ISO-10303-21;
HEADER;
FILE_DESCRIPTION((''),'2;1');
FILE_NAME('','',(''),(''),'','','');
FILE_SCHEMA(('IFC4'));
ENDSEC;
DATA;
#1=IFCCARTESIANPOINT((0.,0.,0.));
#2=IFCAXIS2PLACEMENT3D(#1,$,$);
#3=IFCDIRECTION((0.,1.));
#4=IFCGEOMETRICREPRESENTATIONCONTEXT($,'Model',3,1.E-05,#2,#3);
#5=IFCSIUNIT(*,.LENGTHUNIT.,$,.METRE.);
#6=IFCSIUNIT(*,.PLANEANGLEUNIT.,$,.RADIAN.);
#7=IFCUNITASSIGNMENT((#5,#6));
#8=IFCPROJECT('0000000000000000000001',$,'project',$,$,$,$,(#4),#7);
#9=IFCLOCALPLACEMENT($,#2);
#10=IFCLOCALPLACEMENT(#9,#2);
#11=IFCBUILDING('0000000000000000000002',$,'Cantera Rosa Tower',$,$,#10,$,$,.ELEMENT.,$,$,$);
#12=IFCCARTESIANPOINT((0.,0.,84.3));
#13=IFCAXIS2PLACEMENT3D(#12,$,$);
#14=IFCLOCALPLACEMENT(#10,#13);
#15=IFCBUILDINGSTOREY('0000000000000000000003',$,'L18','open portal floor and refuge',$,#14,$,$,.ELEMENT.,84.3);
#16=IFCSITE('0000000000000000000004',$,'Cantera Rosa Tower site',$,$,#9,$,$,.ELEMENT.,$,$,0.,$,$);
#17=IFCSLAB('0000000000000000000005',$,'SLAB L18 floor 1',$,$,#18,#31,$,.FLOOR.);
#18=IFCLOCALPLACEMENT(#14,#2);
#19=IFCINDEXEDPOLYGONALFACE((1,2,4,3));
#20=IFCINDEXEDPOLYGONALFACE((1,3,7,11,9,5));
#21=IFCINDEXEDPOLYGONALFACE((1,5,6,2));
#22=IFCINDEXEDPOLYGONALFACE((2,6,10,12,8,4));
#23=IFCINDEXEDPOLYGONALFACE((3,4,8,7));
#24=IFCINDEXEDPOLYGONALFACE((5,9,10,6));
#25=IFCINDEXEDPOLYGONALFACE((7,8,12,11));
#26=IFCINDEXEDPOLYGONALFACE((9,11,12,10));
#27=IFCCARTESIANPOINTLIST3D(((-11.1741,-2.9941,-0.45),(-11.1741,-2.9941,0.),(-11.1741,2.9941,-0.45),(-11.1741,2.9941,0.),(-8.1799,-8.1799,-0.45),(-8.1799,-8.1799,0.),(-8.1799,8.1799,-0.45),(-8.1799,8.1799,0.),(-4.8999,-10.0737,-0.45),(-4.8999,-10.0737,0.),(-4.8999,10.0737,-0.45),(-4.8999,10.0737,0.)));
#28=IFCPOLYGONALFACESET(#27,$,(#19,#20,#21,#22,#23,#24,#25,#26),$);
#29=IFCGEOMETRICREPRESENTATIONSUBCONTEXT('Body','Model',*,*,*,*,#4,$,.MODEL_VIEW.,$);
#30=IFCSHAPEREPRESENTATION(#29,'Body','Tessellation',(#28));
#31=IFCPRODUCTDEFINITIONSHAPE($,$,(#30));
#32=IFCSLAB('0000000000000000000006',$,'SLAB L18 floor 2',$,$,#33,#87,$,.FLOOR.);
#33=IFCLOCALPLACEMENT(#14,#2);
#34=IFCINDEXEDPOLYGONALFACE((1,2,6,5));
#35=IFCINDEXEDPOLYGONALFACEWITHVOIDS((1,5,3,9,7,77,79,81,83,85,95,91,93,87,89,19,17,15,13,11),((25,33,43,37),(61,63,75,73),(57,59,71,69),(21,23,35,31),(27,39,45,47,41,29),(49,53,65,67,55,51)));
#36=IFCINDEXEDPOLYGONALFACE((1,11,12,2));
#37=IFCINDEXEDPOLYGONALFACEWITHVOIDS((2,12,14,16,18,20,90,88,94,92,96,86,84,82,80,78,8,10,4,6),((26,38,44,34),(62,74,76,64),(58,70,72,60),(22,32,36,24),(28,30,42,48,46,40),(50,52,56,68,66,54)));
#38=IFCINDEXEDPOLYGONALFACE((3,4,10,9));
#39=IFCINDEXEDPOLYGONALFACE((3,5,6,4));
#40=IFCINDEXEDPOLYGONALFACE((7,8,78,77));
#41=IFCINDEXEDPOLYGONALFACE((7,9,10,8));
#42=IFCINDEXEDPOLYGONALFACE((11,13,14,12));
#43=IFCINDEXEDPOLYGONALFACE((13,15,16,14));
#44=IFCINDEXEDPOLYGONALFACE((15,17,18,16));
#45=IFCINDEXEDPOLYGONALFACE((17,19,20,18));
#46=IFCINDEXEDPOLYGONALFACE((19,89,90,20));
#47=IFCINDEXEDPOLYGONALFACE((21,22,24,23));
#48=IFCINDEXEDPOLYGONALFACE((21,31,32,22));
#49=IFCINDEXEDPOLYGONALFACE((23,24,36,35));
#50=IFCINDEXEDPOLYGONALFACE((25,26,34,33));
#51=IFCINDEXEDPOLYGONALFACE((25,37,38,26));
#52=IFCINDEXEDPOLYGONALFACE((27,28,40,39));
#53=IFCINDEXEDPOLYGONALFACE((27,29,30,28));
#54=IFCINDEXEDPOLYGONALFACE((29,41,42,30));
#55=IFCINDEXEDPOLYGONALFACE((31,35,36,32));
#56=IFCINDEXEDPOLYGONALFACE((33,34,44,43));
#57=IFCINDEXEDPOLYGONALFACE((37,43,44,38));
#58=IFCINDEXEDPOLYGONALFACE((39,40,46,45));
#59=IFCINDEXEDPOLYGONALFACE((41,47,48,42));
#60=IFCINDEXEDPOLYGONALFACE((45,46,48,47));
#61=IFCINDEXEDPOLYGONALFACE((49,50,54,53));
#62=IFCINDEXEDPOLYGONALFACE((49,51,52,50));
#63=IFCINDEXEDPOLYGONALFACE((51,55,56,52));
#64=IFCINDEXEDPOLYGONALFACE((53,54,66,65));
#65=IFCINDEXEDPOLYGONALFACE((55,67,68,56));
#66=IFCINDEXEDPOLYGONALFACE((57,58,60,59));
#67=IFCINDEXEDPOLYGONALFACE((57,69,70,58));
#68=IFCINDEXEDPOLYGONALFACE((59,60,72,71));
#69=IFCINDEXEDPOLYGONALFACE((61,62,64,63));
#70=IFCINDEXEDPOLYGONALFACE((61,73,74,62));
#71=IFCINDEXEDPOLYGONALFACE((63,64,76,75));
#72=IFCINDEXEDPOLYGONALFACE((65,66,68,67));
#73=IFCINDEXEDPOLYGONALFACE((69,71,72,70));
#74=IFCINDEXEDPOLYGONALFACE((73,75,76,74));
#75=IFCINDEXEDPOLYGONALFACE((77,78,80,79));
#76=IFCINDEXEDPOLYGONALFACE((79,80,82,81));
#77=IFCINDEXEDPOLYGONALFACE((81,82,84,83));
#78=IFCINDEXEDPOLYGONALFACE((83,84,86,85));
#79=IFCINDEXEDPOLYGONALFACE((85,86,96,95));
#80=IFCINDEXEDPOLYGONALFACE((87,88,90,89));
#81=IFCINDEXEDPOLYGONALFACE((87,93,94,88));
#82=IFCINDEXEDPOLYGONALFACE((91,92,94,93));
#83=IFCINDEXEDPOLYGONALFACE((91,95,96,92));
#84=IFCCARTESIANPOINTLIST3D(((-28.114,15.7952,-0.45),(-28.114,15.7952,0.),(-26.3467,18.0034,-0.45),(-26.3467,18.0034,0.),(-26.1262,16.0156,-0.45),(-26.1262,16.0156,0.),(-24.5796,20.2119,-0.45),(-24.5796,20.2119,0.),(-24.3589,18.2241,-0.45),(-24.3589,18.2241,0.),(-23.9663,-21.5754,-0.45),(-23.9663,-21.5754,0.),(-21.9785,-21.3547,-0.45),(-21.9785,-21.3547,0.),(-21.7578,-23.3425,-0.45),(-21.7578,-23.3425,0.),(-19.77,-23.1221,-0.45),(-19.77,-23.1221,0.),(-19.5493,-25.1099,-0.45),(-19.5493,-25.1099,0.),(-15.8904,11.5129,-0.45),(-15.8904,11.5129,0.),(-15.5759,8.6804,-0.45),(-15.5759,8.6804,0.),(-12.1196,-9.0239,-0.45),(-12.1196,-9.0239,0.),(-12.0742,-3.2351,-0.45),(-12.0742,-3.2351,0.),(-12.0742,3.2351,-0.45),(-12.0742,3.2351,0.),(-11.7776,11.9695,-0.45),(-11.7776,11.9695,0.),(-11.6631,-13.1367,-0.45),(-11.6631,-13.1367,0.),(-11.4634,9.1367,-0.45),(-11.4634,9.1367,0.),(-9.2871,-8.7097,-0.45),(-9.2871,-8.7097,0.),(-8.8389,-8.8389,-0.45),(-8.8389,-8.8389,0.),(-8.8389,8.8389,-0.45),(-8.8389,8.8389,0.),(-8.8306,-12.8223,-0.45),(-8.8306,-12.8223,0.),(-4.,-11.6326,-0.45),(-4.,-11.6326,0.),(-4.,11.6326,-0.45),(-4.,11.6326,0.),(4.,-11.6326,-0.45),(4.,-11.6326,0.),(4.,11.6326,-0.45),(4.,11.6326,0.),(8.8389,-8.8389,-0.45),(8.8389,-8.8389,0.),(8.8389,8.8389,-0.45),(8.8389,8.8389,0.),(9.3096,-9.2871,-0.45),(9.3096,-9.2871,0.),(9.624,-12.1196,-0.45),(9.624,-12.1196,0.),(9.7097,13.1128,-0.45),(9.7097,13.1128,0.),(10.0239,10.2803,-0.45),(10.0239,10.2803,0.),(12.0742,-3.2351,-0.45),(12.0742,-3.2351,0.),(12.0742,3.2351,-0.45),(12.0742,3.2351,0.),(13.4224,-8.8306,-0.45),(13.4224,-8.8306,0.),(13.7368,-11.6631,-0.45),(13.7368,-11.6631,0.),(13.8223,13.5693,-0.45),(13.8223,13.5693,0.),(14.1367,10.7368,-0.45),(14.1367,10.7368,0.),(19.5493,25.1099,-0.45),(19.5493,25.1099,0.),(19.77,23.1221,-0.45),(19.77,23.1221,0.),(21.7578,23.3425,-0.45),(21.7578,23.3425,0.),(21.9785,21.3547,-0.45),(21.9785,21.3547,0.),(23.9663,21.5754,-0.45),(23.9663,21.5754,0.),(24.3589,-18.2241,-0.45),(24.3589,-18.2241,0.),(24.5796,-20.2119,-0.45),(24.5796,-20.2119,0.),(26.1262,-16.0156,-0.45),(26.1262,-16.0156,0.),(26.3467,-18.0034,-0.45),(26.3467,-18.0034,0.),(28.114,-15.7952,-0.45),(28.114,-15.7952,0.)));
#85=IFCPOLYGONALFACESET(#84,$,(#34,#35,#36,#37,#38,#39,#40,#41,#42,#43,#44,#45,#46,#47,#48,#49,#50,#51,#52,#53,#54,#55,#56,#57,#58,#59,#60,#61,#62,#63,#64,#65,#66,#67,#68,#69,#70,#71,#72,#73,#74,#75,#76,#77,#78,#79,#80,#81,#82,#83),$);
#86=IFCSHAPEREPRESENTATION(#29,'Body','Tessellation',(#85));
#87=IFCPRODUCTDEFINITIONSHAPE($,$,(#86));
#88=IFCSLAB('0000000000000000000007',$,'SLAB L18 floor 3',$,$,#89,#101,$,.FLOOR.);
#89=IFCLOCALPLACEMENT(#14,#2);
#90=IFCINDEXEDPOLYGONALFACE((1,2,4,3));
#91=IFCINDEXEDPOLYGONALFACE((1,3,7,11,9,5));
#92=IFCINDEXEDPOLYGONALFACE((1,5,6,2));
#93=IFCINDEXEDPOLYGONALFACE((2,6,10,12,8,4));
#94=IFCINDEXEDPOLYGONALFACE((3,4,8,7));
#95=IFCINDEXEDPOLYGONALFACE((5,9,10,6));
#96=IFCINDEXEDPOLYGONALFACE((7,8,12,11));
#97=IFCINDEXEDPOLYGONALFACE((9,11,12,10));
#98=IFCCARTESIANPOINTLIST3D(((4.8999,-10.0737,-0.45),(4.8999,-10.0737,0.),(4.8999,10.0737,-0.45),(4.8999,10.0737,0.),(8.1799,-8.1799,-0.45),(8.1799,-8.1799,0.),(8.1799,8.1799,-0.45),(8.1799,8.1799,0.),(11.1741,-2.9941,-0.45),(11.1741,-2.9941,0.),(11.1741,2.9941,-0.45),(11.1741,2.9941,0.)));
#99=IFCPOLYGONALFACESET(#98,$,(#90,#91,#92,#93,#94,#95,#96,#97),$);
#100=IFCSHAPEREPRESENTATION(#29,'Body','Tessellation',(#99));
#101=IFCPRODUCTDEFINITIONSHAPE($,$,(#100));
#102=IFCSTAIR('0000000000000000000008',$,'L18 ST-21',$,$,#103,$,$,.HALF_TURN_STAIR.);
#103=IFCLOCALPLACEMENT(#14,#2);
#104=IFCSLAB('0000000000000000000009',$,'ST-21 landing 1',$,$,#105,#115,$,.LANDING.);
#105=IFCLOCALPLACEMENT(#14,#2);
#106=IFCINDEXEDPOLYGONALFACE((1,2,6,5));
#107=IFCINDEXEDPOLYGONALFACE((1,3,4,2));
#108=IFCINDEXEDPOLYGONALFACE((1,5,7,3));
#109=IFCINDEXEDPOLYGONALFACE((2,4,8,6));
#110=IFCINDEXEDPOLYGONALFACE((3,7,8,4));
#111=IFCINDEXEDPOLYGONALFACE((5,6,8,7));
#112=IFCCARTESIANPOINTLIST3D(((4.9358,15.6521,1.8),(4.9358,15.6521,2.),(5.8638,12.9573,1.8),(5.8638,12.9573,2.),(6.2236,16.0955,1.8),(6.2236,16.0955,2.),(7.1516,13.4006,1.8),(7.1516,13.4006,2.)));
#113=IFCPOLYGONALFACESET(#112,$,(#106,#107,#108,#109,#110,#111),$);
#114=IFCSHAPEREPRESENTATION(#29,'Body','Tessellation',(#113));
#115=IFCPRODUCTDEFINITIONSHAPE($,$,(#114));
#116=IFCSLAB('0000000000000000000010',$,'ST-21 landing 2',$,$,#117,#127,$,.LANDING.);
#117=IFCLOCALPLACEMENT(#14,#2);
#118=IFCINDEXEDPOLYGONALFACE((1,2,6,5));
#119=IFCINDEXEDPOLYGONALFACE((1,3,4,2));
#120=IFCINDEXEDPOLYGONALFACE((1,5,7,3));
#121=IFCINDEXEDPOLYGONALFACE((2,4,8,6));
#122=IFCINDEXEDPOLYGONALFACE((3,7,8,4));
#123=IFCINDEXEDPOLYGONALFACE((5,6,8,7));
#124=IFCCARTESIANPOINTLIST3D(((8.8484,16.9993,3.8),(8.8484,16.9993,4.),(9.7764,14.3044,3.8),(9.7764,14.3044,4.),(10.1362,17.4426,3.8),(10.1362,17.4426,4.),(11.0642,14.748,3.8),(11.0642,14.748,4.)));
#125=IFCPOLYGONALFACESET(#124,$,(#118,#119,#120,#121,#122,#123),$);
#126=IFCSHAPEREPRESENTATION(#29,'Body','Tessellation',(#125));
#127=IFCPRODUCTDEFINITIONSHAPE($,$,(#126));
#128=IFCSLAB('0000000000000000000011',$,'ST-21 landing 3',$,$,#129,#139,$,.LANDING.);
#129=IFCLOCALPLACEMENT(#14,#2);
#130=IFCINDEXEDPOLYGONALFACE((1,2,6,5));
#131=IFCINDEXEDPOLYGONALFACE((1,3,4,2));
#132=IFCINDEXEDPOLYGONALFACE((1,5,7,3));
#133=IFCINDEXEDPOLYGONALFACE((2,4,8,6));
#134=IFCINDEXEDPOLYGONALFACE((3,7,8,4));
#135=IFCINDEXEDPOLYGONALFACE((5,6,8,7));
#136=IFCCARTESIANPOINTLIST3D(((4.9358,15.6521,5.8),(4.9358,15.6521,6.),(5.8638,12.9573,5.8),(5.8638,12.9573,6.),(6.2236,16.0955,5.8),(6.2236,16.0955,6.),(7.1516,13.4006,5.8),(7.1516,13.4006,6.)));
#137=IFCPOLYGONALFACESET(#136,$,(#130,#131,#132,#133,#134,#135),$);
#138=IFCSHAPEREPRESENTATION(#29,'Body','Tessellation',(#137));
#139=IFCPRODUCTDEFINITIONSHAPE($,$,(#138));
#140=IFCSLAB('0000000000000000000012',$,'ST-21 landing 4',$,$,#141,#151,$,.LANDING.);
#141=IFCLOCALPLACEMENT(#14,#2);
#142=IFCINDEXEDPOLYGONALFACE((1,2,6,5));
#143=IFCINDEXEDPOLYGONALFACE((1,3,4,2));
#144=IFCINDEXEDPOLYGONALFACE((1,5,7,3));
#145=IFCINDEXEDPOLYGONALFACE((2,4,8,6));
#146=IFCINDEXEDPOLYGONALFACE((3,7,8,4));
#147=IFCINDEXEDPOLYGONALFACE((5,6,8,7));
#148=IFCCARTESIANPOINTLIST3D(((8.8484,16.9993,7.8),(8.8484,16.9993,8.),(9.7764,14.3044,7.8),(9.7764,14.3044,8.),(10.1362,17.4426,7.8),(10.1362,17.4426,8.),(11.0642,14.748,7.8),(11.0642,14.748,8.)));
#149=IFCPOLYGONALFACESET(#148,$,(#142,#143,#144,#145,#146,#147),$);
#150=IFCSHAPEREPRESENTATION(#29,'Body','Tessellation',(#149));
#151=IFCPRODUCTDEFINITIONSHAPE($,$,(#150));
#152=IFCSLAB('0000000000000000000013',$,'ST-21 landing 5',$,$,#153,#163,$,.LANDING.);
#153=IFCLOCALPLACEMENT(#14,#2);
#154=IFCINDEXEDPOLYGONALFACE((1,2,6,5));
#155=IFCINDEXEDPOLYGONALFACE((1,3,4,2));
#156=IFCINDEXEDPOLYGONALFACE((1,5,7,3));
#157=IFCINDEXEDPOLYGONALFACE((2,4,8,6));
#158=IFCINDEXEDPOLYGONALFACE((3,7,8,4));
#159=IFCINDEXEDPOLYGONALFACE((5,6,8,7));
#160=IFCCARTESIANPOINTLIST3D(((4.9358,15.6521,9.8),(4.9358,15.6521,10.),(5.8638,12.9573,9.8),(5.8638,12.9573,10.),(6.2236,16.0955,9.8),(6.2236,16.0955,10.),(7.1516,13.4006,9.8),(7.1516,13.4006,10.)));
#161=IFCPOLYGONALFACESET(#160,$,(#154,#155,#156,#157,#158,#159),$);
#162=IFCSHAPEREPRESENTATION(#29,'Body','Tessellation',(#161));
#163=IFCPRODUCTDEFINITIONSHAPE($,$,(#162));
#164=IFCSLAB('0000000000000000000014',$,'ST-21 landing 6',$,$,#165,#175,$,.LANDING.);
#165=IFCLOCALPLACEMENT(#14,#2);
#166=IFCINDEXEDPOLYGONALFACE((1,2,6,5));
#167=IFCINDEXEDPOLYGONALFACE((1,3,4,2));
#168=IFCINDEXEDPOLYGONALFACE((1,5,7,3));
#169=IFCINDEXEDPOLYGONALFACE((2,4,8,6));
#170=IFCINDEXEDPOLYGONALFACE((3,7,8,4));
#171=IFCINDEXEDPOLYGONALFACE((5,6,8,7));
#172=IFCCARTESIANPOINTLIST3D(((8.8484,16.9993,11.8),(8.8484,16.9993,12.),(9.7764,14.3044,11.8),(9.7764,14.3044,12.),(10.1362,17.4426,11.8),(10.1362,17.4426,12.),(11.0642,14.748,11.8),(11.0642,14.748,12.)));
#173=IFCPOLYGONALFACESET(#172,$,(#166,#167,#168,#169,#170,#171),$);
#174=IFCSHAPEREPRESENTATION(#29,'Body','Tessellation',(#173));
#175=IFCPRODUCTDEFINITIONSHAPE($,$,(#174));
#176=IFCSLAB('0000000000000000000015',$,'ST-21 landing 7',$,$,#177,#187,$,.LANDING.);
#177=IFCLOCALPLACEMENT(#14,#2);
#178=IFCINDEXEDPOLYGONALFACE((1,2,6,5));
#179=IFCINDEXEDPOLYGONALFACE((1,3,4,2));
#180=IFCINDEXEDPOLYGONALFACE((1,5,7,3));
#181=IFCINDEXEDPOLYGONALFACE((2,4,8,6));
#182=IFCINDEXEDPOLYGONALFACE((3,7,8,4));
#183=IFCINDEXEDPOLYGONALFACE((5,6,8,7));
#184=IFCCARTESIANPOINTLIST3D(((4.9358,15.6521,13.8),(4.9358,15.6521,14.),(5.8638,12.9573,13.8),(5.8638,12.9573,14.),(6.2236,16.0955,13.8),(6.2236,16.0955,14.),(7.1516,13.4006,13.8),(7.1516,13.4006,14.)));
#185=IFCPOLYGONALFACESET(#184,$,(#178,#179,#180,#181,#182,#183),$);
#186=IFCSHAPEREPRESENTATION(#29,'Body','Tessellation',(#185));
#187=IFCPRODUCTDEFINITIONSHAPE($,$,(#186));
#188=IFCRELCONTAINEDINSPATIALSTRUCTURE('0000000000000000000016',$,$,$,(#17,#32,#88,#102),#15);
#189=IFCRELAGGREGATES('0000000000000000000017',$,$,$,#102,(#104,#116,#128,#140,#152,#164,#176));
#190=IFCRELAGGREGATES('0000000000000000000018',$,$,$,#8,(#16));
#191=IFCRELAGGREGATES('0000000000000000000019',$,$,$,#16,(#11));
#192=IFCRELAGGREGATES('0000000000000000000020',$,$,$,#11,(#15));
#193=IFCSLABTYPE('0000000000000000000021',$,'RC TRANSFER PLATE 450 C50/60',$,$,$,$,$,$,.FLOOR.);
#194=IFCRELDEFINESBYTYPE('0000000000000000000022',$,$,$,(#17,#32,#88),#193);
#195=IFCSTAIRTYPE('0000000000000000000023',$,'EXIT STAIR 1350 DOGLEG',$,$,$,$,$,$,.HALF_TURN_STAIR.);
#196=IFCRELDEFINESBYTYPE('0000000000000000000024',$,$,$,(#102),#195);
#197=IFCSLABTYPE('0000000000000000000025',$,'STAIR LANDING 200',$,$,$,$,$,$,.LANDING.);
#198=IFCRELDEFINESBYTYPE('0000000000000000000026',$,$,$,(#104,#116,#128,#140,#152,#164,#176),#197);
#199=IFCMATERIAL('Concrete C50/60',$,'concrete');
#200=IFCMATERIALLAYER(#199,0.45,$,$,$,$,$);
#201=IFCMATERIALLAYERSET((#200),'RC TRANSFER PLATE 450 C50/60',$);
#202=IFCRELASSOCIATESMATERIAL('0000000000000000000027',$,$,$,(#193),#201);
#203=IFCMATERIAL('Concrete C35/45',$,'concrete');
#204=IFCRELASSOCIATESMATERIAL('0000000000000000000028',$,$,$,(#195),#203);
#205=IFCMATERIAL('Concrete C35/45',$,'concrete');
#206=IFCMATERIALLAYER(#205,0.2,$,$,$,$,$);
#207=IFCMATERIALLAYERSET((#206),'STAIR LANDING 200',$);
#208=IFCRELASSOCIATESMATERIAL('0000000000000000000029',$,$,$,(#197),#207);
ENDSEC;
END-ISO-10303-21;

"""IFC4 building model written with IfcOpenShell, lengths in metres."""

from ifc_helpers import new_model, si_unit, direction, frame, origin, place, context, subcontext, project, spatial, polyline, outline, extrude, material, layer, layer_set, type_object, element, aggregate, save


model = new_model("IFC4")

# Units and contexts
model_context = context("Model", 3, precision=1e-05, world=origin(), true_north=direction((0.0, 1.0)))
body_context = subcontext(model_context, "Body", "Model", "MODEL_VIEW")
ifc_project = project(units=[si_unit("LENGTHUNIT", "METRE"), si_unit("PLANEANGLEUNIT", "RADIAN")], contexts=[model_context])

# Site, building, storey
site_placement = place(None, origin())
site = spatial("IfcSite", under=ifc_project, at=site_placement, Name="Cantera Rosa Tower site", CompositionType="ELEMENT", RefElevation=0.0)
building_placement = place(site_placement, origin())
building = spatial("IfcBuilding", under=site, at=building_placement, Name="Cantera Rosa Tower", CompositionType="ELEMENT")
storey_placement = place(building_placement, frame((0.0, 0.0, 84.3)))
storey = spatial("IfcBuildingStorey", under=building, at=storey_placement, Name="L18", Description="open portal floor and refuge", CompositionType="ELEMENT", Elevation=84.3)

# Slabs
ifc_material_1 = material(Name="Concrete C50/60", Category="concrete")
ifc_layer_1 = layer(ifc_material_1, 0.45)
ifc_layer_set_1 = layer_set([ifc_layer_1], Name="RC TRANSFER PLATE 450 C50/60")
slab_type_1 = type_object("IfcSlabType", Name="RC TRANSFER PLATE 450 C50/60", PredefinedType="FLOOR", material=ifc_layer_set_1)
slab_1_placement = place(storey_placement, frame((0.0, 0.0, -0.45)))
element("IfcSlab", 1, at=slab_1_placement, inside=storey, type_object=slab_type_1, Name="SLAB L18 floor 1", PredefinedType="FLOOR", context=body_context, shape_type="SweptSolid", body=[
    extrude(outline(polyline([(-4.8999, 10.0737), (-4.8999, -10.0737), (-8.1799, -8.1799), (-11.1741, -2.9941), (-11.1741, 2.9941), (-8.1799, 8.1799), (-4.8999, 10.0737)])), origin(), (0.0, 0.0, 1.0), 0.45),
])
slab_2_placement = place(storey_placement, frame((0.0, 0.0, -0.45)))
element("IfcSlab", 2, at=slab_2_placement, inside=storey, type_object=slab_type_1, Name="SLAB L18 floor 2", PredefinedType="FLOOR", context=body_context, shape_type="SweptSolid", body=[
    extrude(outline(polyline([(26.3467, -18.0034), (24.3589, -18.2241), (24.5796, -20.2119), (-19.5493, -25.1099), (-19.77, -23.1221), (-21.7578, -23.3425), (-21.9785, -21.3547), (-23.9663, -21.5754), (-28.114, 15.7952), (-26.1262, 16.0156), (-26.3467, 18.0034), (-24.3589, 18.2241), (-24.5796, 20.2119), (19.5493, 25.1099), (19.77, 23.1221), (21.7578, 23.3425), (21.9785, 21.3547), (23.9663, 21.5754), (28.114, -15.7952), (26.1262, -16.0156), (26.3467, -18.0034)]), holes=[polyline([(-12.1196, -9.0239), (-11.6631, -13.1367), (-8.8306, -12.8223), (-9.2871, -8.7097), (-12.1196, -9.0239)]), polyline([(9.3096, -9.2871), (9.624, -12.1196), (13.7368, -11.6631), (13.4224, -8.8306), (9.3096, -9.2871)]), polyline([(-12.0742, 3.2351), (-12.0742, -3.2351), (-8.8389, -8.8389), (-4.0, -11.6326), (-4.0, 11.6326), (-8.8389, 8.8389), (-12.0742, 3.2351)]), polyline([(12.0742, 3.2351), (8.8389, 8.8389), (4.0, 11.6326), (4.0, -11.6326), (8.8389, -8.8389), (12.0742, -3.2351), (12.0742, 3.2351)]), polyline([(-15.8904, 11.5129), (-15.5759, 8.6804), (-11.4634, 9.1367), (-11.7776, 11.9695), (-15.8904, 11.5129)]), polyline([(9.7097, 13.1128), (10.0239, 10.2803), (14.1367, 10.7368), (13.8223, 13.5693), (9.7097, 13.1128)])]), origin(), (0.0, 0.0, 1.0), 0.45),
])
slab_3_placement = place(storey_placement, frame((0.0, 0.0, -0.45)))
element("IfcSlab", 3, at=slab_3_placement, inside=storey, type_object=slab_type_1, Name="SLAB L18 floor 3", PredefinedType="FLOOR", context=body_context, shape_type="SweptSolid", body=[
    extrude(outline(polyline([(4.8999, 10.0737), (8.1799, 8.1799), (11.1741, 2.9941), (11.1741, -2.9941), (8.1799, -8.1799), (4.8999, -10.0737), (4.8999, 10.0737)])), origin(), (0.0, 0.0, 1.0), 0.45),
])

# Stair, slabs
ifc_material_2 = material(Name="Concrete C35/45", Category="concrete")
stair_type = type_object("IfcStairType", Name="EXIT STAIR 1350 DOGLEG", PredefinedType="HALF_TURN_STAIR", material=ifc_material_2)
stair_1_placement = place(storey_placement, origin())
stair_1 = element("IfcStair", 4, at=stair_1_placement, inside=storey, type_object=stair_type, Name="L18 ST-21", PredefinedType="HALF_TURN_STAIR")
ifc_material_3 = material(Name="Concrete C35/45", Category="concrete")
ifc_layer_2 = layer(ifc_material_3, 0.2)
ifc_layer_set_2 = layer_set([ifc_layer_2], Name="STAIR LANDING 200")
slab_type_2 = type_object("IfcSlabType", Name="STAIR LANDING 200", PredefinedType="LANDING", material=ifc_layer_set_2)
slab_4_placement = place(storey_placement, frame((0.0, 0.0, 1.8)))
slab_4 = element("IfcSlab", 5, at=slab_4_placement, type_object=slab_type_2, Name="ST-21 landing 1", PredefinedType="LANDING", context=body_context, shape_type="SweptSolid", body=[
    extrude(outline(polyline([(6.2236, 16.0955), (4.9358, 15.6521), (5.8638, 12.9573), (7.1516, 13.4006), (6.2236, 16.0955)])), origin(), (0.0, 0.0, 1.0), 0.2),
])
slab_5_placement = place(storey_placement, frame((0.0, 0.0, 3.8)))
slab_5 = element("IfcSlab", 6, at=slab_5_placement, type_object=slab_type_2, Name="ST-21 landing 2", PredefinedType="LANDING", context=body_context, shape_type="SweptSolid", body=[
    extrude(outline(polyline([(10.1362, 17.4426), (8.8484, 16.9993), (9.7764, 14.3044), (11.0642, 14.748), (10.1362, 17.4426)])), origin(), (0.0, 0.0, 1.0), 0.2),
])
slab_6_placement = place(storey_placement, frame((0.0, 0.0, 5.8)))
slab_6 = element("IfcSlab", 7, at=slab_6_placement, type_object=slab_type_2, Name="ST-21 landing 3", PredefinedType="LANDING", context=body_context, shape_type="SweptSolid", body=[
    extrude(outline(polyline([(6.2236, 16.0955), (4.9358, 15.6521), (5.8638, 12.9573), (7.1516, 13.4006), (6.2236, 16.0955)])), origin(), (0.0, 0.0, 1.0), 0.2),
])
slab_7_placement = place(storey_placement, frame((0.0, 0.0, 7.8)))
slab_7 = element("IfcSlab", 8, at=slab_7_placement, type_object=slab_type_2, Name="ST-21 landing 4", PredefinedType="LANDING", context=body_context, shape_type="SweptSolid", body=[
    extrude(outline(polyline([(10.1362, 17.4426), (8.8484, 16.9993), (9.7764, 14.3044), (11.0642, 14.748), (10.1362, 17.4426)])), origin(), (0.0, 0.0, 1.0), 0.2),
])
slab_8_placement = place(storey_placement, frame((0.0, 0.0, 9.8)))
slab_8 = element("IfcSlab", 9, at=slab_8_placement, type_object=slab_type_2, Name="ST-21 landing 5", PredefinedType="LANDING", context=body_context, shape_type="SweptSolid", body=[
    extrude(outline(polyline([(6.2236, 16.0955), (4.9358, 15.6521), (5.8638, 12.9573), (7.1516, 13.4006), (6.2236, 16.0955)])), origin(), (0.0, 0.0, 1.0), 0.2),
])
slab_9_placement = place(storey_placement, frame((0.0, 0.0, 11.8)))
slab_9 = element("IfcSlab", 10, at=slab_9_placement, type_object=slab_type_2, Name="ST-21 landing 6", PredefinedType="LANDING", context=body_context, shape_type="SweptSolid", body=[
    extrude(outline(polyline([(10.1362, 17.4426), (8.8484, 16.9993), (9.7764, 14.3044), (11.0642, 14.748), (10.1362, 17.4426)])), origin(), (0.0, 0.0, 1.0), 0.2),
])
slab_10_placement = place(storey_placement, frame((0.0, 0.0, 13.8)))
slab_10 = element("IfcSlab", 11, at=slab_10_placement, type_object=slab_type_2, Name="ST-21 landing 7", PredefinedType="LANDING", context=body_context, shape_type="SweptSolid", body=[
    extrude(outline(polyline([(6.2236, 16.0955), (4.9358, 15.6521), (5.8638, 12.9573), (7.1516, 13.4006), (6.2236, 16.0955)])), origin(), (0.0, 0.0, 1.0), 0.2),
])
aggregate(stair_1, [slab_4, slab_5, slab_6, slab_7, slab_8, slab_9, slab_10])

save(model, "model.ifc")
